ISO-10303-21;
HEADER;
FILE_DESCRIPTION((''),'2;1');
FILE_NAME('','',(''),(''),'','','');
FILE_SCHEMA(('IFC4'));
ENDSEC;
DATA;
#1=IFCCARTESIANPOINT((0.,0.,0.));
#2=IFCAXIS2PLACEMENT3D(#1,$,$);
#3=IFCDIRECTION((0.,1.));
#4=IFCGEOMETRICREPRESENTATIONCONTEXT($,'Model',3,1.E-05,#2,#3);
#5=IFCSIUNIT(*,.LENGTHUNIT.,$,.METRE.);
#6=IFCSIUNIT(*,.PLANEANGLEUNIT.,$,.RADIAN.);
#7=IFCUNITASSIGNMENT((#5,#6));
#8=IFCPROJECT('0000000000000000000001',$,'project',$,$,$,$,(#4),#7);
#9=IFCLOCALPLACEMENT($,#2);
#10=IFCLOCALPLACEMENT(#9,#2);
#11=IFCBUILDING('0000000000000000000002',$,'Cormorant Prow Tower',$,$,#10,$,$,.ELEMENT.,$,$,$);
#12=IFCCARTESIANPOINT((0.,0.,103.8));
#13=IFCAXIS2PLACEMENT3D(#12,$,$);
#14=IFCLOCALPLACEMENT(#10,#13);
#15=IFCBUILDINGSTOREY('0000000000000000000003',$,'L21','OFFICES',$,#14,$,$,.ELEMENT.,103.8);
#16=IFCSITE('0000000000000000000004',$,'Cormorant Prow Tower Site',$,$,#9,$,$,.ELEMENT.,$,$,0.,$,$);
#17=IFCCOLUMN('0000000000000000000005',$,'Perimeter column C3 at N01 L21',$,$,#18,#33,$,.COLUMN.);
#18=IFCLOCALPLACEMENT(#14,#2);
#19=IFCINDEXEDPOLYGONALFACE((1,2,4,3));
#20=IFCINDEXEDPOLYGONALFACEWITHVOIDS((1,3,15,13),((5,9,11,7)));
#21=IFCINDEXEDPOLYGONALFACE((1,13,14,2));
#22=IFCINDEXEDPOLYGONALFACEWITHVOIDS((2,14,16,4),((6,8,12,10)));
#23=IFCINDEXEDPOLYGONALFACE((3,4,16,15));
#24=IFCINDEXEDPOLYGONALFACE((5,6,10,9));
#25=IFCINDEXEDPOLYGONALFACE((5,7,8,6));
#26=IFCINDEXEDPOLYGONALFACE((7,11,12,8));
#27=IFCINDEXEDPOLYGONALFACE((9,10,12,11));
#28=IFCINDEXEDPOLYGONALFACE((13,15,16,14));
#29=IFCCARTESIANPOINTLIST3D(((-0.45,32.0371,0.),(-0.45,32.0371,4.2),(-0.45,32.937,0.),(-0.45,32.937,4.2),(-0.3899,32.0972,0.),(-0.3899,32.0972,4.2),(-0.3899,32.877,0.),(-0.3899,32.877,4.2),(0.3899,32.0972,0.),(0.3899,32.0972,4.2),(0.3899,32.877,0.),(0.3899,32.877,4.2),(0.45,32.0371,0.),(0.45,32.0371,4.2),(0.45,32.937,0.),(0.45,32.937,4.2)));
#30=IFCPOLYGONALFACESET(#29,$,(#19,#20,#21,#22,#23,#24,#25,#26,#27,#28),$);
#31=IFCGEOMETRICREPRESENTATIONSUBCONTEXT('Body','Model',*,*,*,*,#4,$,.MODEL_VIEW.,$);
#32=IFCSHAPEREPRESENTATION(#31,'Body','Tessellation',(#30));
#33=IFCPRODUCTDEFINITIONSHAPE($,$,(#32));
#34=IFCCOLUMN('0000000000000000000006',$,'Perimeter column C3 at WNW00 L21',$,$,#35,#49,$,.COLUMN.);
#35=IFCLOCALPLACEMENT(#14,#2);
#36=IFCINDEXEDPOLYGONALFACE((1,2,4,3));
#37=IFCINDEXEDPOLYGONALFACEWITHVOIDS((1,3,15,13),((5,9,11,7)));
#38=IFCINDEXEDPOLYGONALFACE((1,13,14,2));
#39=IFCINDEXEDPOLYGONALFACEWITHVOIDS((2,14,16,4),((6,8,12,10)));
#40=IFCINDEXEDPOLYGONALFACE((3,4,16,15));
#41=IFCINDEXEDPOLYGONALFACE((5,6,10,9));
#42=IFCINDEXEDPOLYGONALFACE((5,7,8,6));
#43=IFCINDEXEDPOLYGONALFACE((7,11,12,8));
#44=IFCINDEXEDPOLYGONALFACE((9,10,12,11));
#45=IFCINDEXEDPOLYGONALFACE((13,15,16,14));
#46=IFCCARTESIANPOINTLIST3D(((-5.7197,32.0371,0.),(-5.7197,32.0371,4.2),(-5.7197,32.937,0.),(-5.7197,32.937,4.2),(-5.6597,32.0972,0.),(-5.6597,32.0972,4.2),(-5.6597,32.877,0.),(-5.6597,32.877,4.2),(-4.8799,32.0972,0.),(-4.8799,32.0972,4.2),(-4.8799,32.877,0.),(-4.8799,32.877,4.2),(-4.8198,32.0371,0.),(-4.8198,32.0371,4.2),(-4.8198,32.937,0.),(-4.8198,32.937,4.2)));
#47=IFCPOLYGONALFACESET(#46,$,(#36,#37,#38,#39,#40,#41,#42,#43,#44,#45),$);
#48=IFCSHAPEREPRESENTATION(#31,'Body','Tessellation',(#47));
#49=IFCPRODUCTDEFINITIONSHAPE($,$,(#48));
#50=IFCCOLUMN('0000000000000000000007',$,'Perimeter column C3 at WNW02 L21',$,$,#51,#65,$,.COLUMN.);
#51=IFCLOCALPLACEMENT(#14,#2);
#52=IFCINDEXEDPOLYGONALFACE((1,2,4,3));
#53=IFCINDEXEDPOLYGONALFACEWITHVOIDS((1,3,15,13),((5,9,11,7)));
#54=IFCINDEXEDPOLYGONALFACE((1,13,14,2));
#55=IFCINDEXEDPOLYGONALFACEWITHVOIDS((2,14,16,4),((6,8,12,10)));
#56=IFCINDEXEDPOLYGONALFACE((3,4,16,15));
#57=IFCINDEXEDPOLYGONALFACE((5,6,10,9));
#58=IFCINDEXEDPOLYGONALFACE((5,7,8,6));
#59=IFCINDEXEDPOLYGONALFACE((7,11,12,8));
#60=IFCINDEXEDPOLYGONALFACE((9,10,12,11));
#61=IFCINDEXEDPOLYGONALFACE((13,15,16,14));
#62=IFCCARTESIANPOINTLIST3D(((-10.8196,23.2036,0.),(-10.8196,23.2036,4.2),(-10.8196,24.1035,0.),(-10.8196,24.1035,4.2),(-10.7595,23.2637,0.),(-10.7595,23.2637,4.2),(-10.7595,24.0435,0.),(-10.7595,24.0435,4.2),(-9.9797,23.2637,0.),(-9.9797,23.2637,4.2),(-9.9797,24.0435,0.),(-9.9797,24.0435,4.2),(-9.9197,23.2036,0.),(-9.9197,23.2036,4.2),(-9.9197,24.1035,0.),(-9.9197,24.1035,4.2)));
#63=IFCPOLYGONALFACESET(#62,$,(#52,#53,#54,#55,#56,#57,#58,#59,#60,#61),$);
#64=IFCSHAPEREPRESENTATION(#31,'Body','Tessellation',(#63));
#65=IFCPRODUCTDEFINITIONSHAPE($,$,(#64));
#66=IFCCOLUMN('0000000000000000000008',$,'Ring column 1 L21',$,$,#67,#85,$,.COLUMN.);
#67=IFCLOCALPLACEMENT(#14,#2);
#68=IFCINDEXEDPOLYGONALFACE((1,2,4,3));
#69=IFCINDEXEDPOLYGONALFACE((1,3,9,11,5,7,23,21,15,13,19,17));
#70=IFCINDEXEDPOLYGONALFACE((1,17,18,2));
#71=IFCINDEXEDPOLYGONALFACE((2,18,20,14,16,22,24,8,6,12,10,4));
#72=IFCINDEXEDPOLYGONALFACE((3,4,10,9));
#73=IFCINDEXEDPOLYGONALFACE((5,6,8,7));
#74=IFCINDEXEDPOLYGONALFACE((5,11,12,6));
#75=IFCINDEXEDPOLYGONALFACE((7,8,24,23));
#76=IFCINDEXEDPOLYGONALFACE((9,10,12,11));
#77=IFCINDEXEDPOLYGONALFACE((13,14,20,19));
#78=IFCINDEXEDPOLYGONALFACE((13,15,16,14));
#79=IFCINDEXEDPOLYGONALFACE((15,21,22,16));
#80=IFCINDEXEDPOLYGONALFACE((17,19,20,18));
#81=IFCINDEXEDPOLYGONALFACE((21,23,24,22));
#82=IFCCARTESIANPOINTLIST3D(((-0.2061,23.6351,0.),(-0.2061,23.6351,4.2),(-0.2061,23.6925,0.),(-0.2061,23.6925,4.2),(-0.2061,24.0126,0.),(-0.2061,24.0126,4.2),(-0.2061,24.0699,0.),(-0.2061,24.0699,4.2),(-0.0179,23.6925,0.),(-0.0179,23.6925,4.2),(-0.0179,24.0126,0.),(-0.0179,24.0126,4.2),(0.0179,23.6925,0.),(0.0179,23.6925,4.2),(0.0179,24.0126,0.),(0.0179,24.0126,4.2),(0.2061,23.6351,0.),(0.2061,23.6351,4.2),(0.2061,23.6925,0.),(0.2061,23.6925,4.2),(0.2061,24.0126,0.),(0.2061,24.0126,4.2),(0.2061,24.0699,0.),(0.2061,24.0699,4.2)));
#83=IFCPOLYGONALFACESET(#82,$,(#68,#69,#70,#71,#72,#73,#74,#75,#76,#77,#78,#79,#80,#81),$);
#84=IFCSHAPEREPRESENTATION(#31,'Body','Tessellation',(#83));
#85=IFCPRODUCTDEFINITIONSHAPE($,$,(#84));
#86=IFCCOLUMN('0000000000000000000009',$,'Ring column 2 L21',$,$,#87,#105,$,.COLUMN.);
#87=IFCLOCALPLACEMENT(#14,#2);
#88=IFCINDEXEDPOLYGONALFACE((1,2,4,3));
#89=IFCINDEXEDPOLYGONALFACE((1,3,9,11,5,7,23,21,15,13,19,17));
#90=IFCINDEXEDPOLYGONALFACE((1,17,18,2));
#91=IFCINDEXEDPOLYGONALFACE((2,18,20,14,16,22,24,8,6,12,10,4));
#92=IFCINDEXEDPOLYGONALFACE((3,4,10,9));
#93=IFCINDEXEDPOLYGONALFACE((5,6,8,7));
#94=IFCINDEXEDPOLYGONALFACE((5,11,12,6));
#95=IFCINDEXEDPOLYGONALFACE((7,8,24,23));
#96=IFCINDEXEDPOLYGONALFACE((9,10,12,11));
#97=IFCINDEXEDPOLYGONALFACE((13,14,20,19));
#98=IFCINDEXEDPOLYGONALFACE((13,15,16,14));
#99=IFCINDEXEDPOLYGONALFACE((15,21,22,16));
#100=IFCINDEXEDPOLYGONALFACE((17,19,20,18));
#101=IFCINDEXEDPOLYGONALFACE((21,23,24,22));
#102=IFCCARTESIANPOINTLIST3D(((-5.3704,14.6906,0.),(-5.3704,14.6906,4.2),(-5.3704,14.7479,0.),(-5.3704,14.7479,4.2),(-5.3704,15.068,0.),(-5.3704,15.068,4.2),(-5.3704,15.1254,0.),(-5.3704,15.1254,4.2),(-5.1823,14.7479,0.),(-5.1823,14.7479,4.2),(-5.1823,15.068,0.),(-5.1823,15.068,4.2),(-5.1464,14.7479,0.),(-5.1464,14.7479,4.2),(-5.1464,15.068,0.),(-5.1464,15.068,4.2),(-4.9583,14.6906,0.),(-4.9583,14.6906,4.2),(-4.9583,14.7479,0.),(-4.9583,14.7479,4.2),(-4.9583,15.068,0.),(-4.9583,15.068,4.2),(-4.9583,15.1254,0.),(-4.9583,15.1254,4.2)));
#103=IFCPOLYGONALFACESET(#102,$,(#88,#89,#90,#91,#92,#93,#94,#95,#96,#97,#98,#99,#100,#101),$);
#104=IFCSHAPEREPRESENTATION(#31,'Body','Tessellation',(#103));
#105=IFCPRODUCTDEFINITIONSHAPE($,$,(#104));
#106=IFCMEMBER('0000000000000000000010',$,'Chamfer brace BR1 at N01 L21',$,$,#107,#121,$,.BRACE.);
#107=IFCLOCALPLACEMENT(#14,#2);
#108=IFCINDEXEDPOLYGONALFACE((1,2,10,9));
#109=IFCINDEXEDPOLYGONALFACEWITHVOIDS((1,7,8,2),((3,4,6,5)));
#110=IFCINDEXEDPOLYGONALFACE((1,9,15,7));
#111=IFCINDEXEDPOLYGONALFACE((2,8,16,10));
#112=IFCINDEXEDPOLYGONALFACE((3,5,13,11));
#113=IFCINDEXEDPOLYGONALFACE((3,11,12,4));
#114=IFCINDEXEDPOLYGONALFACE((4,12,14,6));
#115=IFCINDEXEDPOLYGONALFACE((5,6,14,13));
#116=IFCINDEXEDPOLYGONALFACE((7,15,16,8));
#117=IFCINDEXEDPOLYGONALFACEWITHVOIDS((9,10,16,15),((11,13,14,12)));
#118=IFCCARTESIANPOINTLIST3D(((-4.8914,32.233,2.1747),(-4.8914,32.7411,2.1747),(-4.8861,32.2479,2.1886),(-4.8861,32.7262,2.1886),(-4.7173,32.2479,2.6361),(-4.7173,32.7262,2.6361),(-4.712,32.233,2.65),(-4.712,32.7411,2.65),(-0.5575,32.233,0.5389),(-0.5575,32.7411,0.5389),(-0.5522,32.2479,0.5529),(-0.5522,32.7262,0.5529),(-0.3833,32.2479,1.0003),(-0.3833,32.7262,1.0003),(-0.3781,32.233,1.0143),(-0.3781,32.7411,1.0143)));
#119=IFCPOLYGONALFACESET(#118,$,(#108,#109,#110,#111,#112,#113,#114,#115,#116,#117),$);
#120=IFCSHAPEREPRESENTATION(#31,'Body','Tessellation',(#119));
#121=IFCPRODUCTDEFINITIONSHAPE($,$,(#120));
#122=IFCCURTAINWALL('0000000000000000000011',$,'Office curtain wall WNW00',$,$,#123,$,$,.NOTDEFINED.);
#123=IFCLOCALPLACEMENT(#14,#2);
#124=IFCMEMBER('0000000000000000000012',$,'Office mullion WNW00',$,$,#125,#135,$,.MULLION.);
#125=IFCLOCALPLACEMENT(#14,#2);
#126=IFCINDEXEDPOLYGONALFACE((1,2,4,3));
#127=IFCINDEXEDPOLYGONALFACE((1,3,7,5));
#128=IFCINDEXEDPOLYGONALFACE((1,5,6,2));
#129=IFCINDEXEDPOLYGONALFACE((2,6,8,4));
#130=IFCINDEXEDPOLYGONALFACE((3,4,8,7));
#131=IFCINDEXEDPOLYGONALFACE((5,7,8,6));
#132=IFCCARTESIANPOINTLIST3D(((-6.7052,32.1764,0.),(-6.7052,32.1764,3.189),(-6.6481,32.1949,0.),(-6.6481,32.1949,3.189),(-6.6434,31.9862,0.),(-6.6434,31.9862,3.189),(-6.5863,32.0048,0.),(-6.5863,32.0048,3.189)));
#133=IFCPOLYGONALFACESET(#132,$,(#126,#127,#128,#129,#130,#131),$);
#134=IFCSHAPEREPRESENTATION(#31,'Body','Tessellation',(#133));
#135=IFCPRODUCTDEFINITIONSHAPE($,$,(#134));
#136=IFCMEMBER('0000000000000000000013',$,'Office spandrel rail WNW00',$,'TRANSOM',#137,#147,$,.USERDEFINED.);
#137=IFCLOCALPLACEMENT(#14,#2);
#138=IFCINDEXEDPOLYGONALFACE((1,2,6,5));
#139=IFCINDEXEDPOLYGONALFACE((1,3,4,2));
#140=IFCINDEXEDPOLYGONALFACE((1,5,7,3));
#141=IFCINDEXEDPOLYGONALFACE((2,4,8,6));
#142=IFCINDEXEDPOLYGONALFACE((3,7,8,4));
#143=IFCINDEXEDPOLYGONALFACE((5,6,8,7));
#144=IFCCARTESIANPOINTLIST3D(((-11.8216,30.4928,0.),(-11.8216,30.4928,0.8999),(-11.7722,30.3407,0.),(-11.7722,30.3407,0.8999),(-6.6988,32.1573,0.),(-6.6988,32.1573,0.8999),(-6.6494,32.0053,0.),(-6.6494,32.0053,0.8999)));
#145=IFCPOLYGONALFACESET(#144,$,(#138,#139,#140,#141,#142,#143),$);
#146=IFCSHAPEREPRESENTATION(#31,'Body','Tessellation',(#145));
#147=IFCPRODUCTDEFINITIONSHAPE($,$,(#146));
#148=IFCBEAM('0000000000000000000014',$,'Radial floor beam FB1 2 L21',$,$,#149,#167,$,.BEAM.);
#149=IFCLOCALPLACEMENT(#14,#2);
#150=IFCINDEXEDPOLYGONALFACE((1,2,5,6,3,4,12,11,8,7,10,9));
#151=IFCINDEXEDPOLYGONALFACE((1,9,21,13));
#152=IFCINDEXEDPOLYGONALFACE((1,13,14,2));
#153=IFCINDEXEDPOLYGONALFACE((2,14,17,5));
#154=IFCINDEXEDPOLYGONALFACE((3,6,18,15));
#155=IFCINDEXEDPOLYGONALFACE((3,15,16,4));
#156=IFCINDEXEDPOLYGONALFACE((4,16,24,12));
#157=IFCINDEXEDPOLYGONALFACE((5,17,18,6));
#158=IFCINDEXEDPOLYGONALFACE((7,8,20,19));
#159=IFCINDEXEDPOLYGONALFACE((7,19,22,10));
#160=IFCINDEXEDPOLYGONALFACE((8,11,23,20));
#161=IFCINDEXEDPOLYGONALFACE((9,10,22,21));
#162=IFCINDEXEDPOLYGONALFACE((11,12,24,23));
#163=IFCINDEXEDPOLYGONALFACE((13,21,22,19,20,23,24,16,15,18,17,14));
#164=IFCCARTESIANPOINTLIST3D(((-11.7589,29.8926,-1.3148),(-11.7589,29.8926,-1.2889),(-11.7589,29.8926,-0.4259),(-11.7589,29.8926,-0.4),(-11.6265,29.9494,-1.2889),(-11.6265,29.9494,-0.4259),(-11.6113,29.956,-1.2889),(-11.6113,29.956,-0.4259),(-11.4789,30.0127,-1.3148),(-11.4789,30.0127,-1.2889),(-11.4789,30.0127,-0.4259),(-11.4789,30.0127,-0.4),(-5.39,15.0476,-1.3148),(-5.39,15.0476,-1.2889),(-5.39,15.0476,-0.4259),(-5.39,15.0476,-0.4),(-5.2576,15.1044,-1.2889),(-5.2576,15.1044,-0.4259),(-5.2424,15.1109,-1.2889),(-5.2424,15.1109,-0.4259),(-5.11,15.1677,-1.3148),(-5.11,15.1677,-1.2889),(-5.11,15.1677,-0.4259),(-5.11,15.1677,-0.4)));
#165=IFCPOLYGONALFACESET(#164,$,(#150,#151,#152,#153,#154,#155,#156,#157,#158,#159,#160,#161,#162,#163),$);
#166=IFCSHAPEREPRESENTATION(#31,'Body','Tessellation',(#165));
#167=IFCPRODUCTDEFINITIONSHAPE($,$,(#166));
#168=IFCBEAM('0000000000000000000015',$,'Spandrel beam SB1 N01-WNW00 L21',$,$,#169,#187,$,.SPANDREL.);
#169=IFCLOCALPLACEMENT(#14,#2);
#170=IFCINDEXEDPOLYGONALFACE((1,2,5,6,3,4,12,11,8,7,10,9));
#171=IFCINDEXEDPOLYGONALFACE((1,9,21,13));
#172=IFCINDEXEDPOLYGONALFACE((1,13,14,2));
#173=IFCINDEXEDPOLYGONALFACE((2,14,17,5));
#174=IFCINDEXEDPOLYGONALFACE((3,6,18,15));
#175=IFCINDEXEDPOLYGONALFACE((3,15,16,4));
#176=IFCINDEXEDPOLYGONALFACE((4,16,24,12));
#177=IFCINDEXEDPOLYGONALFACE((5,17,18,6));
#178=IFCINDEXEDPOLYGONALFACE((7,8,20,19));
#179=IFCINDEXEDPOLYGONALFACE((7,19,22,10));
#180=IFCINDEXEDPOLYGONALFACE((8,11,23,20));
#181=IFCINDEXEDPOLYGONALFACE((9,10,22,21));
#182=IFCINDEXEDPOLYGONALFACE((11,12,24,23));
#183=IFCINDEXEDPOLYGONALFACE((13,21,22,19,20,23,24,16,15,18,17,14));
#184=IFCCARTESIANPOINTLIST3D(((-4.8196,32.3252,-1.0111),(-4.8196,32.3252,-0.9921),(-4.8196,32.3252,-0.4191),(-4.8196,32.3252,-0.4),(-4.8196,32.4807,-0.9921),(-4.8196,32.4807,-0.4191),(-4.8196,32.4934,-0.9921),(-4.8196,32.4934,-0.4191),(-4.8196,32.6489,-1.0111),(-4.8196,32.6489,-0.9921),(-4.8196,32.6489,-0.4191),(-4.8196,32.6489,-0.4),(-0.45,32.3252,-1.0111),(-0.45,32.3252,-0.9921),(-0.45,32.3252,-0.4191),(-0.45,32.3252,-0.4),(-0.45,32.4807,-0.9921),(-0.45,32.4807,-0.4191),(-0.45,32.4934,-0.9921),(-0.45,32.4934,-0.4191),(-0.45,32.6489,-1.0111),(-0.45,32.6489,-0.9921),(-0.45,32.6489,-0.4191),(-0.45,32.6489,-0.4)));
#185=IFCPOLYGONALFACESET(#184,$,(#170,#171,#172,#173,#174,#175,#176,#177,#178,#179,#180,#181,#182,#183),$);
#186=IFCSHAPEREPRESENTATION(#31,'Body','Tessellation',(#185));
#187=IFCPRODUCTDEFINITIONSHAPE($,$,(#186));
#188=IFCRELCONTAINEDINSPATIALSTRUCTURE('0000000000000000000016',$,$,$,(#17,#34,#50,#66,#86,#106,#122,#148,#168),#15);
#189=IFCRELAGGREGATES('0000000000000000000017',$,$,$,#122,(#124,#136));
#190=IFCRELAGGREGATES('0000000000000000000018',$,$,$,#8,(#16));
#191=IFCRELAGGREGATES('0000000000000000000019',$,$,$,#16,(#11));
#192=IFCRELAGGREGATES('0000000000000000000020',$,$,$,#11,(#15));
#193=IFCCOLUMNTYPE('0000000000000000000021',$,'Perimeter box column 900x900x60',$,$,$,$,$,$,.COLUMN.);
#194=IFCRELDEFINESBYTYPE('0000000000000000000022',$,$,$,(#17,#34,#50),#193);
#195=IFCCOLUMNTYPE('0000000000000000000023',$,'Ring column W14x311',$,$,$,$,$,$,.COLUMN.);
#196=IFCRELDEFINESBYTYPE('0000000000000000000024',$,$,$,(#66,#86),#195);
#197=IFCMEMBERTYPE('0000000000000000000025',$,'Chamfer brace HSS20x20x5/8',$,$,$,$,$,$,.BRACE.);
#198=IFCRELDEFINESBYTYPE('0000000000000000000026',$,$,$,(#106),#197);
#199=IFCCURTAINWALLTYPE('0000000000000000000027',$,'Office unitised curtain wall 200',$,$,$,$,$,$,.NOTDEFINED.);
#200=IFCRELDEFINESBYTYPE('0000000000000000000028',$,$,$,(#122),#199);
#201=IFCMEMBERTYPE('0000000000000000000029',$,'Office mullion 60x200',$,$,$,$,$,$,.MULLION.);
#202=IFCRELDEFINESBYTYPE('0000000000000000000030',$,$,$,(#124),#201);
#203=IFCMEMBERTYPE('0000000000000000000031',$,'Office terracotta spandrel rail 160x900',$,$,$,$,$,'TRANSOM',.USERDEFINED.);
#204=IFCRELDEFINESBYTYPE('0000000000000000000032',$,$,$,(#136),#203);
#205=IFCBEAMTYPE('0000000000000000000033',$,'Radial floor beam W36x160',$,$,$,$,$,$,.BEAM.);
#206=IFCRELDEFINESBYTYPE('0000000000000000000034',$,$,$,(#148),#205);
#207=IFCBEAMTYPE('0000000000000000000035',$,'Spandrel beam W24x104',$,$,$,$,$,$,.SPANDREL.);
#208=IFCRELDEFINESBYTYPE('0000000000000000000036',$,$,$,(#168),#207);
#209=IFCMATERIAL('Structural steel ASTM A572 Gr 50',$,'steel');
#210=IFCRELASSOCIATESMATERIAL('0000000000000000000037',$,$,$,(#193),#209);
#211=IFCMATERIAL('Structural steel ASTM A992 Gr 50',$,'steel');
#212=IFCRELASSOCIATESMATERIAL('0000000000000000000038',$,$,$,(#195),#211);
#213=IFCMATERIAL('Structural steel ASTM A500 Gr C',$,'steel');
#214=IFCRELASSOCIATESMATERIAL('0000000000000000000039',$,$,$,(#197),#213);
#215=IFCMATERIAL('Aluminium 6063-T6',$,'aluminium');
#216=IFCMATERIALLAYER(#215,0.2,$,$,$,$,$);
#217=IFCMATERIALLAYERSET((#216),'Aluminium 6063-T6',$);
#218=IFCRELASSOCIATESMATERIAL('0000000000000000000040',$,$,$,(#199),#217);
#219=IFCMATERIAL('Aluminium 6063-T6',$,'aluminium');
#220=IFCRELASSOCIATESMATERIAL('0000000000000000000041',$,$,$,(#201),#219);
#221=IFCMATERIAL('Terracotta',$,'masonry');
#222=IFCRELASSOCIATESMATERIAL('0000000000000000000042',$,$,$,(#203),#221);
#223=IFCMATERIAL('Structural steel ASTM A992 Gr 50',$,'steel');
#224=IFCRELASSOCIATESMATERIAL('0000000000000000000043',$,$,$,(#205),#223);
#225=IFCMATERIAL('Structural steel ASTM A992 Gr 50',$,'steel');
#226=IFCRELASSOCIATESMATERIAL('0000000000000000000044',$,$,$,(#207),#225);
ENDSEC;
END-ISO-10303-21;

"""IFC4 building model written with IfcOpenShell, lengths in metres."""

from ifc_helpers import new_model, si_unit, direction, frame, origin, origin_2d, place, context, subcontext, project, spatial, rectangle, hollow_rectangle, i_section, extrude, material, layer, layer_set, material_profile, profile_set, type_object, element, aggregate, save


model = new_model("IFC4")

# Units and contexts
model_context = context("Model", 3, precision=1e-05, world=origin(), true_north=direction((0.0, 1.0)))
body_context = subcontext(model_context, "Body", "Model", "MODEL_VIEW")
ifc_project = project(units=[si_unit("LENGTHUNIT", "METRE"), si_unit("PLANEANGLEUNIT", "RADIAN")], contexts=[model_context])

# Site, building, storey
site_placement = place(None, origin())
site = spatial("IfcSite", under=ifc_project, at=site_placement, Name="Cormorant Prow Tower Site", CompositionType="ELEMENT", RefElevation=0.0)
building_placement = place(site_placement, origin())
building = spatial("IfcBuilding", under=site, at=building_placement, Name="Cormorant Prow Tower", CompositionType="ELEMENT")
storey_placement = place(building_placement, frame((0.0, 0.0, 103.8)))
storey = spatial("IfcBuildingStorey", under=building, at=storey_placement, Name="L21", Description="OFFICES", CompositionType="ELEMENT", Elevation=103.8)

# Columns
ifc_material_1 = material(Name="Structural steel ASTM A572 Gr 50", Category="steel")
ifc_material_profile_1 = material_profile(ifc_material_1, hollow_rectangle(XDim=0.8999, YDim=0.8999, WallThickness=0.0601, at=origin_2d()), Name="Box 900x900x60")
ifc_profile_set_1 = profile_set([ifc_material_profile_1], Name="Structural steel ASTM A572 Gr 50")
column_type_1 = type_object("IfcColumnType", Name="Perimeter box column 900x900x60", PredefinedType="COLUMN", material=ifc_profile_set_1)
for number, where, z_axis, x_axis, name in (
    (1, (0.0, 32.4871, 0.0), (0.0, 0.0, 1.0), (1.0, 0.0, 0.0), "Perimeter column C3 at N01 L21"),
    (2, (-5.2698, 32.4871, 0.0), (0.0, 0.0, 1.0), (1.0, 0.0, 0.0), "Perimeter column C3 at WNW00 L21"),
    (3, (-10.3696, 23.6536, 0.0), (0.0, 0.0, 1.0), (1.0, 0.0, 0.0), "Perimeter column C3 at WNW02 L21"),
):
    element("IfcColumn", number, at=place(storey_placement, frame(where, z_axis=z_axis, x_axis=x_axis)), inside=storey, type_object=column_type_1, Name=name, PredefinedType="COLUMN", context=body_context, shape_type="SweptSolid", body=[
        extrude(hollow_rectangle(XDim=0.8999, YDim=0.8999, WallThickness=0.0601, at=origin_2d()), origin(), (0.0, 0.0, 1.0), 4.2),
    ])
ifc_material_2 = material(Name="Structural steel ASTM A992 Gr 50", Category="steel")
ifc_material_profile_2 = material_profile(ifc_material_2, i_section(OverallWidth=0.4121, OverallDepth=0.4348, WebThickness=0.0359, FlangeThickness=0.0574, at=origin_2d()), Name="W14x311")
ifc_profile_set_2 = profile_set([ifc_material_profile_2], Name="Structural steel ASTM A992 Gr 50")
column_type_2 = type_object("IfcColumnType", Name="Ring column W14x311", PredefinedType="COLUMN", material=ifc_profile_set_2)
for number, where, z_axis, x_axis, name in (
    (4, (0.0, 23.8525, 0.0), (0.0, 0.0, 1.0), (1.0, 0.0, 0.0), "Ring column 1 L21"),
    (5, (-5.1643, 14.908, 0.0), (0.0, 0.0, 1.0), (1.0, 0.0, 0.0), "Ring column 2 L21"),
):
    element("IfcColumn", number, at=place(storey_placement, frame(where, z_axis=z_axis, x_axis=x_axis)), inside=storey, type_object=column_type_2, Name=name, PredefinedType="COLUMN", context=body_context, shape_type="SweptSolid", body=[
        extrude(i_section(OverallWidth=0.4121, OverallDepth=0.4348, WebThickness=0.0359, FlangeThickness=0.0574, at=origin_2d()), origin(), (0.0, 0.0, 1.0), 4.2),
    ])

# Member
ifc_material_3 = material(Name="Structural steel ASTM A500 Gr C", Category="steel")
ifc_material_profile_3 = material_profile(ifc_material_3, hollow_rectangle(XDim=0.5081, YDim=0.5081, WallThickness=0.0149, at=origin_2d()), Name="HSS20x20x5/8")
ifc_profile_set_3 = profile_set([ifc_material_profile_3], Name="Structural steel ASTM A500 Gr C")
member_type_1 = type_object("IfcMemberType", Name="Chamfer brace HSS20x20x5/8", PredefinedType="BRACE", material=ifc_profile_set_3)
member_1_placement = place(storey_placement, frame((-0.4678, 32.4871, 0.7766), z_axis=(-0.935582, 0.0, 0.353109), x_axis=(0.0, -1.0, 0.0)))
element("IfcMember", 6, at=member_1_placement, inside=storey, type_object=member_type_1, Name="Chamfer brace BR1 at N01 L21", PredefinedType="BRACE", context=body_context, shape_type="SweptSolid", body=[
    extrude(hollow_rectangle(XDim=0.5081, YDim=0.5081, WallThickness=0.0149, at=origin_2d()), origin(), (0.0, 0.0, 1.0), 4.6323),
])

# Curtain wall, members
ifc_material_4 = material(Name="Aluminium 6063-T6", Category="aluminium")
ifc_layer_1 = layer(ifc_material_4, 0.2)
ifc_layer_set_1 = layer_set([ifc_layer_1], Name="Aluminium 6063-T6")
curtain_wall_type = type_object("IfcCurtainWallType", Name="Office unitised curtain wall 200", PredefinedType="NOTDEFINED", material=ifc_layer_set_1)
curtain_wall_placement = place(storey_placement, origin())
curtain_wall = element("IfcCurtainWall", 7, at=curtain_wall_placement, inside=storey, type_object=curtain_wall_type, Name="Office curtain wall WNW00", PredefinedType="NOTDEFINED")
ifc_material_5 = material(Name="Aluminium 6063-T6", Category="aluminium")
ifc_material_profile_4 = material_profile(ifc_material_5, rectangle(XDim=0.2, YDim=0.0601, at=origin_2d()), Name="Office mullion 60x200")
ifc_profile_set_4 = profile_set([ifc_material_profile_4], Name="Aluminium 6063-T6")
member_type_2 = type_object("IfcMemberType", Name="Office mullion 60x200", PredefinedType="MULLION", material=ifc_profile_set_4)
member_2_placement = place(storey_placement, frame((-6.6458, 32.0906, 0.0), z_axis=(0.0, 0.0, 1.0), x_axis=(0.309017, -0.951057, 0.0)))
member_2 = element("IfcMember", 8, at=member_2_placement, type_object=member_type_2, Name="Office mullion WNW00", PredefinedType="MULLION", context=body_context, shape_type="SweptSolid", body=[
    extrude(rectangle(XDim=0.2, YDim=0.0601, at=origin_2d()), origin(), (0.0, 0.0, 1.0), 3.189),
])
ifc_material_6 = material(Name="Terracotta", Category="masonry")
ifc_material_profile_5 = material_profile(ifc_material_6, rectangle(XDim=0.1599, YDim=0.8999, at=origin_2d()), Name="Office terracotta spandrel rail 160x900")
ifc_profile_set_5 = profile_set([ifc_material_profile_5], Name="Terracotta")
member_type_3 = type_object("IfcMemberType", Name="Office terracotta spandrel rail 160x900", ElementType="TRANSOM", PredefinedType="USERDEFINED", material=ifc_profile_set_5)
member_3_placement = place(storey_placement, frame((-6.6741, 32.0813, 0.45), z_axis=(-0.951054, -0.309026, 0.0), x_axis=(0.309026, -0.951054, 0.0)))
member_3 = element("IfcMember", 9, at=member_3_placement, type_object=member_type_3, Name="Office spandrel rail WNW00", ObjectType="TRANSOM", PredefinedType="USERDEFINED", context=body_context, shape_type="SweptSolid", body=[
    extrude(rectangle(XDim=0.1599, YDim=0.8999, at=origin_2d()), origin(), (0.0, 0.0, 1.0), 5.3865),
])

# Beams
ifc_material_7 = material(Name="Structural steel ASTM A992 Gr 50", Category="steel")
ifc_material_profile_6 = material_profile(ifc_material_7, i_section(OverallWidth=0.3047, OverallDepth=0.9148, WebThickness=0.0166, FlangeThickness=0.0259, at=origin_2d()), Name="W36x160")
ifc_profile_set_6 = profile_set([ifc_material_profile_6], Name="Structural steel ASTM A992 Gr 50")
beam_type_1 = type_object("IfcBeamType", Name="Radial floor beam W36x160", PredefinedType="BEAM", material=ifc_profile_set_6)
beam_1_placement = place(storey_placement, frame((-5.25, 15.1077, -0.8574), z_axis=(-0.394273, 0.918993, 0.0), x_axis=(-0.918993, -0.394273, 0.0)))
element("IfcBeam", 10, at=beam_1_placement, inside=storey, type_object=beam_type_1, Name="Radial floor beam FB1 2 L21", PredefinedType="BEAM", context=body_context, shape_type="SweptSolid", body=[
    extrude(i_section(OverallWidth=0.3047, OverallDepth=0.9148, WebThickness=0.0166, FlangeThickness=0.0259, at=origin_2d()), origin(), (0.0, 0.0, 1.0), 16.1536),
])
ifc_material_8 = material(Name="Structural steel ASTM A992 Gr 50", Category="steel")
ifc_material_profile_7 = material_profile(ifc_material_8, i_section(OverallWidth=0.3237, OverallDepth=0.6111, WebThickness=0.0127, FlangeThickness=0.019, at=origin_2d()), Name="W24x104")
ifc_profile_set_7 = profile_set([ifc_material_profile_7], Name="Structural steel ASTM A992 Gr 50")
beam_type_2 = type_object("IfcBeamType", Name="Spandrel beam W24x104", PredefinedType="SPANDREL", material=ifc_profile_set_7)
beam_2_placement = place(storey_placement, frame((-0.45, 32.4871, -0.7056), z_axis=(-1.0, 0.0, 0.0), x_axis=(0.0, -1.0, 0.0)))
element("IfcBeam", 11, at=beam_2_placement, inside=storey, type_object=beam_type_2, Name="Spandrel beam SB1 N01-WNW00 L21", PredefinedType="SPANDREL", context=body_context, shape_type="SweptSolid", body=[
    extrude(i_section(OverallWidth=0.3237, OverallDepth=0.6111, WebThickness=0.0127, FlangeThickness=0.019, at=origin_2d()), origin(), (0.0, 0.0, 1.0), 4.3696),
])

aggregate(curtain_wall, [member_2, member_3])

save(model, "model.ifc")
